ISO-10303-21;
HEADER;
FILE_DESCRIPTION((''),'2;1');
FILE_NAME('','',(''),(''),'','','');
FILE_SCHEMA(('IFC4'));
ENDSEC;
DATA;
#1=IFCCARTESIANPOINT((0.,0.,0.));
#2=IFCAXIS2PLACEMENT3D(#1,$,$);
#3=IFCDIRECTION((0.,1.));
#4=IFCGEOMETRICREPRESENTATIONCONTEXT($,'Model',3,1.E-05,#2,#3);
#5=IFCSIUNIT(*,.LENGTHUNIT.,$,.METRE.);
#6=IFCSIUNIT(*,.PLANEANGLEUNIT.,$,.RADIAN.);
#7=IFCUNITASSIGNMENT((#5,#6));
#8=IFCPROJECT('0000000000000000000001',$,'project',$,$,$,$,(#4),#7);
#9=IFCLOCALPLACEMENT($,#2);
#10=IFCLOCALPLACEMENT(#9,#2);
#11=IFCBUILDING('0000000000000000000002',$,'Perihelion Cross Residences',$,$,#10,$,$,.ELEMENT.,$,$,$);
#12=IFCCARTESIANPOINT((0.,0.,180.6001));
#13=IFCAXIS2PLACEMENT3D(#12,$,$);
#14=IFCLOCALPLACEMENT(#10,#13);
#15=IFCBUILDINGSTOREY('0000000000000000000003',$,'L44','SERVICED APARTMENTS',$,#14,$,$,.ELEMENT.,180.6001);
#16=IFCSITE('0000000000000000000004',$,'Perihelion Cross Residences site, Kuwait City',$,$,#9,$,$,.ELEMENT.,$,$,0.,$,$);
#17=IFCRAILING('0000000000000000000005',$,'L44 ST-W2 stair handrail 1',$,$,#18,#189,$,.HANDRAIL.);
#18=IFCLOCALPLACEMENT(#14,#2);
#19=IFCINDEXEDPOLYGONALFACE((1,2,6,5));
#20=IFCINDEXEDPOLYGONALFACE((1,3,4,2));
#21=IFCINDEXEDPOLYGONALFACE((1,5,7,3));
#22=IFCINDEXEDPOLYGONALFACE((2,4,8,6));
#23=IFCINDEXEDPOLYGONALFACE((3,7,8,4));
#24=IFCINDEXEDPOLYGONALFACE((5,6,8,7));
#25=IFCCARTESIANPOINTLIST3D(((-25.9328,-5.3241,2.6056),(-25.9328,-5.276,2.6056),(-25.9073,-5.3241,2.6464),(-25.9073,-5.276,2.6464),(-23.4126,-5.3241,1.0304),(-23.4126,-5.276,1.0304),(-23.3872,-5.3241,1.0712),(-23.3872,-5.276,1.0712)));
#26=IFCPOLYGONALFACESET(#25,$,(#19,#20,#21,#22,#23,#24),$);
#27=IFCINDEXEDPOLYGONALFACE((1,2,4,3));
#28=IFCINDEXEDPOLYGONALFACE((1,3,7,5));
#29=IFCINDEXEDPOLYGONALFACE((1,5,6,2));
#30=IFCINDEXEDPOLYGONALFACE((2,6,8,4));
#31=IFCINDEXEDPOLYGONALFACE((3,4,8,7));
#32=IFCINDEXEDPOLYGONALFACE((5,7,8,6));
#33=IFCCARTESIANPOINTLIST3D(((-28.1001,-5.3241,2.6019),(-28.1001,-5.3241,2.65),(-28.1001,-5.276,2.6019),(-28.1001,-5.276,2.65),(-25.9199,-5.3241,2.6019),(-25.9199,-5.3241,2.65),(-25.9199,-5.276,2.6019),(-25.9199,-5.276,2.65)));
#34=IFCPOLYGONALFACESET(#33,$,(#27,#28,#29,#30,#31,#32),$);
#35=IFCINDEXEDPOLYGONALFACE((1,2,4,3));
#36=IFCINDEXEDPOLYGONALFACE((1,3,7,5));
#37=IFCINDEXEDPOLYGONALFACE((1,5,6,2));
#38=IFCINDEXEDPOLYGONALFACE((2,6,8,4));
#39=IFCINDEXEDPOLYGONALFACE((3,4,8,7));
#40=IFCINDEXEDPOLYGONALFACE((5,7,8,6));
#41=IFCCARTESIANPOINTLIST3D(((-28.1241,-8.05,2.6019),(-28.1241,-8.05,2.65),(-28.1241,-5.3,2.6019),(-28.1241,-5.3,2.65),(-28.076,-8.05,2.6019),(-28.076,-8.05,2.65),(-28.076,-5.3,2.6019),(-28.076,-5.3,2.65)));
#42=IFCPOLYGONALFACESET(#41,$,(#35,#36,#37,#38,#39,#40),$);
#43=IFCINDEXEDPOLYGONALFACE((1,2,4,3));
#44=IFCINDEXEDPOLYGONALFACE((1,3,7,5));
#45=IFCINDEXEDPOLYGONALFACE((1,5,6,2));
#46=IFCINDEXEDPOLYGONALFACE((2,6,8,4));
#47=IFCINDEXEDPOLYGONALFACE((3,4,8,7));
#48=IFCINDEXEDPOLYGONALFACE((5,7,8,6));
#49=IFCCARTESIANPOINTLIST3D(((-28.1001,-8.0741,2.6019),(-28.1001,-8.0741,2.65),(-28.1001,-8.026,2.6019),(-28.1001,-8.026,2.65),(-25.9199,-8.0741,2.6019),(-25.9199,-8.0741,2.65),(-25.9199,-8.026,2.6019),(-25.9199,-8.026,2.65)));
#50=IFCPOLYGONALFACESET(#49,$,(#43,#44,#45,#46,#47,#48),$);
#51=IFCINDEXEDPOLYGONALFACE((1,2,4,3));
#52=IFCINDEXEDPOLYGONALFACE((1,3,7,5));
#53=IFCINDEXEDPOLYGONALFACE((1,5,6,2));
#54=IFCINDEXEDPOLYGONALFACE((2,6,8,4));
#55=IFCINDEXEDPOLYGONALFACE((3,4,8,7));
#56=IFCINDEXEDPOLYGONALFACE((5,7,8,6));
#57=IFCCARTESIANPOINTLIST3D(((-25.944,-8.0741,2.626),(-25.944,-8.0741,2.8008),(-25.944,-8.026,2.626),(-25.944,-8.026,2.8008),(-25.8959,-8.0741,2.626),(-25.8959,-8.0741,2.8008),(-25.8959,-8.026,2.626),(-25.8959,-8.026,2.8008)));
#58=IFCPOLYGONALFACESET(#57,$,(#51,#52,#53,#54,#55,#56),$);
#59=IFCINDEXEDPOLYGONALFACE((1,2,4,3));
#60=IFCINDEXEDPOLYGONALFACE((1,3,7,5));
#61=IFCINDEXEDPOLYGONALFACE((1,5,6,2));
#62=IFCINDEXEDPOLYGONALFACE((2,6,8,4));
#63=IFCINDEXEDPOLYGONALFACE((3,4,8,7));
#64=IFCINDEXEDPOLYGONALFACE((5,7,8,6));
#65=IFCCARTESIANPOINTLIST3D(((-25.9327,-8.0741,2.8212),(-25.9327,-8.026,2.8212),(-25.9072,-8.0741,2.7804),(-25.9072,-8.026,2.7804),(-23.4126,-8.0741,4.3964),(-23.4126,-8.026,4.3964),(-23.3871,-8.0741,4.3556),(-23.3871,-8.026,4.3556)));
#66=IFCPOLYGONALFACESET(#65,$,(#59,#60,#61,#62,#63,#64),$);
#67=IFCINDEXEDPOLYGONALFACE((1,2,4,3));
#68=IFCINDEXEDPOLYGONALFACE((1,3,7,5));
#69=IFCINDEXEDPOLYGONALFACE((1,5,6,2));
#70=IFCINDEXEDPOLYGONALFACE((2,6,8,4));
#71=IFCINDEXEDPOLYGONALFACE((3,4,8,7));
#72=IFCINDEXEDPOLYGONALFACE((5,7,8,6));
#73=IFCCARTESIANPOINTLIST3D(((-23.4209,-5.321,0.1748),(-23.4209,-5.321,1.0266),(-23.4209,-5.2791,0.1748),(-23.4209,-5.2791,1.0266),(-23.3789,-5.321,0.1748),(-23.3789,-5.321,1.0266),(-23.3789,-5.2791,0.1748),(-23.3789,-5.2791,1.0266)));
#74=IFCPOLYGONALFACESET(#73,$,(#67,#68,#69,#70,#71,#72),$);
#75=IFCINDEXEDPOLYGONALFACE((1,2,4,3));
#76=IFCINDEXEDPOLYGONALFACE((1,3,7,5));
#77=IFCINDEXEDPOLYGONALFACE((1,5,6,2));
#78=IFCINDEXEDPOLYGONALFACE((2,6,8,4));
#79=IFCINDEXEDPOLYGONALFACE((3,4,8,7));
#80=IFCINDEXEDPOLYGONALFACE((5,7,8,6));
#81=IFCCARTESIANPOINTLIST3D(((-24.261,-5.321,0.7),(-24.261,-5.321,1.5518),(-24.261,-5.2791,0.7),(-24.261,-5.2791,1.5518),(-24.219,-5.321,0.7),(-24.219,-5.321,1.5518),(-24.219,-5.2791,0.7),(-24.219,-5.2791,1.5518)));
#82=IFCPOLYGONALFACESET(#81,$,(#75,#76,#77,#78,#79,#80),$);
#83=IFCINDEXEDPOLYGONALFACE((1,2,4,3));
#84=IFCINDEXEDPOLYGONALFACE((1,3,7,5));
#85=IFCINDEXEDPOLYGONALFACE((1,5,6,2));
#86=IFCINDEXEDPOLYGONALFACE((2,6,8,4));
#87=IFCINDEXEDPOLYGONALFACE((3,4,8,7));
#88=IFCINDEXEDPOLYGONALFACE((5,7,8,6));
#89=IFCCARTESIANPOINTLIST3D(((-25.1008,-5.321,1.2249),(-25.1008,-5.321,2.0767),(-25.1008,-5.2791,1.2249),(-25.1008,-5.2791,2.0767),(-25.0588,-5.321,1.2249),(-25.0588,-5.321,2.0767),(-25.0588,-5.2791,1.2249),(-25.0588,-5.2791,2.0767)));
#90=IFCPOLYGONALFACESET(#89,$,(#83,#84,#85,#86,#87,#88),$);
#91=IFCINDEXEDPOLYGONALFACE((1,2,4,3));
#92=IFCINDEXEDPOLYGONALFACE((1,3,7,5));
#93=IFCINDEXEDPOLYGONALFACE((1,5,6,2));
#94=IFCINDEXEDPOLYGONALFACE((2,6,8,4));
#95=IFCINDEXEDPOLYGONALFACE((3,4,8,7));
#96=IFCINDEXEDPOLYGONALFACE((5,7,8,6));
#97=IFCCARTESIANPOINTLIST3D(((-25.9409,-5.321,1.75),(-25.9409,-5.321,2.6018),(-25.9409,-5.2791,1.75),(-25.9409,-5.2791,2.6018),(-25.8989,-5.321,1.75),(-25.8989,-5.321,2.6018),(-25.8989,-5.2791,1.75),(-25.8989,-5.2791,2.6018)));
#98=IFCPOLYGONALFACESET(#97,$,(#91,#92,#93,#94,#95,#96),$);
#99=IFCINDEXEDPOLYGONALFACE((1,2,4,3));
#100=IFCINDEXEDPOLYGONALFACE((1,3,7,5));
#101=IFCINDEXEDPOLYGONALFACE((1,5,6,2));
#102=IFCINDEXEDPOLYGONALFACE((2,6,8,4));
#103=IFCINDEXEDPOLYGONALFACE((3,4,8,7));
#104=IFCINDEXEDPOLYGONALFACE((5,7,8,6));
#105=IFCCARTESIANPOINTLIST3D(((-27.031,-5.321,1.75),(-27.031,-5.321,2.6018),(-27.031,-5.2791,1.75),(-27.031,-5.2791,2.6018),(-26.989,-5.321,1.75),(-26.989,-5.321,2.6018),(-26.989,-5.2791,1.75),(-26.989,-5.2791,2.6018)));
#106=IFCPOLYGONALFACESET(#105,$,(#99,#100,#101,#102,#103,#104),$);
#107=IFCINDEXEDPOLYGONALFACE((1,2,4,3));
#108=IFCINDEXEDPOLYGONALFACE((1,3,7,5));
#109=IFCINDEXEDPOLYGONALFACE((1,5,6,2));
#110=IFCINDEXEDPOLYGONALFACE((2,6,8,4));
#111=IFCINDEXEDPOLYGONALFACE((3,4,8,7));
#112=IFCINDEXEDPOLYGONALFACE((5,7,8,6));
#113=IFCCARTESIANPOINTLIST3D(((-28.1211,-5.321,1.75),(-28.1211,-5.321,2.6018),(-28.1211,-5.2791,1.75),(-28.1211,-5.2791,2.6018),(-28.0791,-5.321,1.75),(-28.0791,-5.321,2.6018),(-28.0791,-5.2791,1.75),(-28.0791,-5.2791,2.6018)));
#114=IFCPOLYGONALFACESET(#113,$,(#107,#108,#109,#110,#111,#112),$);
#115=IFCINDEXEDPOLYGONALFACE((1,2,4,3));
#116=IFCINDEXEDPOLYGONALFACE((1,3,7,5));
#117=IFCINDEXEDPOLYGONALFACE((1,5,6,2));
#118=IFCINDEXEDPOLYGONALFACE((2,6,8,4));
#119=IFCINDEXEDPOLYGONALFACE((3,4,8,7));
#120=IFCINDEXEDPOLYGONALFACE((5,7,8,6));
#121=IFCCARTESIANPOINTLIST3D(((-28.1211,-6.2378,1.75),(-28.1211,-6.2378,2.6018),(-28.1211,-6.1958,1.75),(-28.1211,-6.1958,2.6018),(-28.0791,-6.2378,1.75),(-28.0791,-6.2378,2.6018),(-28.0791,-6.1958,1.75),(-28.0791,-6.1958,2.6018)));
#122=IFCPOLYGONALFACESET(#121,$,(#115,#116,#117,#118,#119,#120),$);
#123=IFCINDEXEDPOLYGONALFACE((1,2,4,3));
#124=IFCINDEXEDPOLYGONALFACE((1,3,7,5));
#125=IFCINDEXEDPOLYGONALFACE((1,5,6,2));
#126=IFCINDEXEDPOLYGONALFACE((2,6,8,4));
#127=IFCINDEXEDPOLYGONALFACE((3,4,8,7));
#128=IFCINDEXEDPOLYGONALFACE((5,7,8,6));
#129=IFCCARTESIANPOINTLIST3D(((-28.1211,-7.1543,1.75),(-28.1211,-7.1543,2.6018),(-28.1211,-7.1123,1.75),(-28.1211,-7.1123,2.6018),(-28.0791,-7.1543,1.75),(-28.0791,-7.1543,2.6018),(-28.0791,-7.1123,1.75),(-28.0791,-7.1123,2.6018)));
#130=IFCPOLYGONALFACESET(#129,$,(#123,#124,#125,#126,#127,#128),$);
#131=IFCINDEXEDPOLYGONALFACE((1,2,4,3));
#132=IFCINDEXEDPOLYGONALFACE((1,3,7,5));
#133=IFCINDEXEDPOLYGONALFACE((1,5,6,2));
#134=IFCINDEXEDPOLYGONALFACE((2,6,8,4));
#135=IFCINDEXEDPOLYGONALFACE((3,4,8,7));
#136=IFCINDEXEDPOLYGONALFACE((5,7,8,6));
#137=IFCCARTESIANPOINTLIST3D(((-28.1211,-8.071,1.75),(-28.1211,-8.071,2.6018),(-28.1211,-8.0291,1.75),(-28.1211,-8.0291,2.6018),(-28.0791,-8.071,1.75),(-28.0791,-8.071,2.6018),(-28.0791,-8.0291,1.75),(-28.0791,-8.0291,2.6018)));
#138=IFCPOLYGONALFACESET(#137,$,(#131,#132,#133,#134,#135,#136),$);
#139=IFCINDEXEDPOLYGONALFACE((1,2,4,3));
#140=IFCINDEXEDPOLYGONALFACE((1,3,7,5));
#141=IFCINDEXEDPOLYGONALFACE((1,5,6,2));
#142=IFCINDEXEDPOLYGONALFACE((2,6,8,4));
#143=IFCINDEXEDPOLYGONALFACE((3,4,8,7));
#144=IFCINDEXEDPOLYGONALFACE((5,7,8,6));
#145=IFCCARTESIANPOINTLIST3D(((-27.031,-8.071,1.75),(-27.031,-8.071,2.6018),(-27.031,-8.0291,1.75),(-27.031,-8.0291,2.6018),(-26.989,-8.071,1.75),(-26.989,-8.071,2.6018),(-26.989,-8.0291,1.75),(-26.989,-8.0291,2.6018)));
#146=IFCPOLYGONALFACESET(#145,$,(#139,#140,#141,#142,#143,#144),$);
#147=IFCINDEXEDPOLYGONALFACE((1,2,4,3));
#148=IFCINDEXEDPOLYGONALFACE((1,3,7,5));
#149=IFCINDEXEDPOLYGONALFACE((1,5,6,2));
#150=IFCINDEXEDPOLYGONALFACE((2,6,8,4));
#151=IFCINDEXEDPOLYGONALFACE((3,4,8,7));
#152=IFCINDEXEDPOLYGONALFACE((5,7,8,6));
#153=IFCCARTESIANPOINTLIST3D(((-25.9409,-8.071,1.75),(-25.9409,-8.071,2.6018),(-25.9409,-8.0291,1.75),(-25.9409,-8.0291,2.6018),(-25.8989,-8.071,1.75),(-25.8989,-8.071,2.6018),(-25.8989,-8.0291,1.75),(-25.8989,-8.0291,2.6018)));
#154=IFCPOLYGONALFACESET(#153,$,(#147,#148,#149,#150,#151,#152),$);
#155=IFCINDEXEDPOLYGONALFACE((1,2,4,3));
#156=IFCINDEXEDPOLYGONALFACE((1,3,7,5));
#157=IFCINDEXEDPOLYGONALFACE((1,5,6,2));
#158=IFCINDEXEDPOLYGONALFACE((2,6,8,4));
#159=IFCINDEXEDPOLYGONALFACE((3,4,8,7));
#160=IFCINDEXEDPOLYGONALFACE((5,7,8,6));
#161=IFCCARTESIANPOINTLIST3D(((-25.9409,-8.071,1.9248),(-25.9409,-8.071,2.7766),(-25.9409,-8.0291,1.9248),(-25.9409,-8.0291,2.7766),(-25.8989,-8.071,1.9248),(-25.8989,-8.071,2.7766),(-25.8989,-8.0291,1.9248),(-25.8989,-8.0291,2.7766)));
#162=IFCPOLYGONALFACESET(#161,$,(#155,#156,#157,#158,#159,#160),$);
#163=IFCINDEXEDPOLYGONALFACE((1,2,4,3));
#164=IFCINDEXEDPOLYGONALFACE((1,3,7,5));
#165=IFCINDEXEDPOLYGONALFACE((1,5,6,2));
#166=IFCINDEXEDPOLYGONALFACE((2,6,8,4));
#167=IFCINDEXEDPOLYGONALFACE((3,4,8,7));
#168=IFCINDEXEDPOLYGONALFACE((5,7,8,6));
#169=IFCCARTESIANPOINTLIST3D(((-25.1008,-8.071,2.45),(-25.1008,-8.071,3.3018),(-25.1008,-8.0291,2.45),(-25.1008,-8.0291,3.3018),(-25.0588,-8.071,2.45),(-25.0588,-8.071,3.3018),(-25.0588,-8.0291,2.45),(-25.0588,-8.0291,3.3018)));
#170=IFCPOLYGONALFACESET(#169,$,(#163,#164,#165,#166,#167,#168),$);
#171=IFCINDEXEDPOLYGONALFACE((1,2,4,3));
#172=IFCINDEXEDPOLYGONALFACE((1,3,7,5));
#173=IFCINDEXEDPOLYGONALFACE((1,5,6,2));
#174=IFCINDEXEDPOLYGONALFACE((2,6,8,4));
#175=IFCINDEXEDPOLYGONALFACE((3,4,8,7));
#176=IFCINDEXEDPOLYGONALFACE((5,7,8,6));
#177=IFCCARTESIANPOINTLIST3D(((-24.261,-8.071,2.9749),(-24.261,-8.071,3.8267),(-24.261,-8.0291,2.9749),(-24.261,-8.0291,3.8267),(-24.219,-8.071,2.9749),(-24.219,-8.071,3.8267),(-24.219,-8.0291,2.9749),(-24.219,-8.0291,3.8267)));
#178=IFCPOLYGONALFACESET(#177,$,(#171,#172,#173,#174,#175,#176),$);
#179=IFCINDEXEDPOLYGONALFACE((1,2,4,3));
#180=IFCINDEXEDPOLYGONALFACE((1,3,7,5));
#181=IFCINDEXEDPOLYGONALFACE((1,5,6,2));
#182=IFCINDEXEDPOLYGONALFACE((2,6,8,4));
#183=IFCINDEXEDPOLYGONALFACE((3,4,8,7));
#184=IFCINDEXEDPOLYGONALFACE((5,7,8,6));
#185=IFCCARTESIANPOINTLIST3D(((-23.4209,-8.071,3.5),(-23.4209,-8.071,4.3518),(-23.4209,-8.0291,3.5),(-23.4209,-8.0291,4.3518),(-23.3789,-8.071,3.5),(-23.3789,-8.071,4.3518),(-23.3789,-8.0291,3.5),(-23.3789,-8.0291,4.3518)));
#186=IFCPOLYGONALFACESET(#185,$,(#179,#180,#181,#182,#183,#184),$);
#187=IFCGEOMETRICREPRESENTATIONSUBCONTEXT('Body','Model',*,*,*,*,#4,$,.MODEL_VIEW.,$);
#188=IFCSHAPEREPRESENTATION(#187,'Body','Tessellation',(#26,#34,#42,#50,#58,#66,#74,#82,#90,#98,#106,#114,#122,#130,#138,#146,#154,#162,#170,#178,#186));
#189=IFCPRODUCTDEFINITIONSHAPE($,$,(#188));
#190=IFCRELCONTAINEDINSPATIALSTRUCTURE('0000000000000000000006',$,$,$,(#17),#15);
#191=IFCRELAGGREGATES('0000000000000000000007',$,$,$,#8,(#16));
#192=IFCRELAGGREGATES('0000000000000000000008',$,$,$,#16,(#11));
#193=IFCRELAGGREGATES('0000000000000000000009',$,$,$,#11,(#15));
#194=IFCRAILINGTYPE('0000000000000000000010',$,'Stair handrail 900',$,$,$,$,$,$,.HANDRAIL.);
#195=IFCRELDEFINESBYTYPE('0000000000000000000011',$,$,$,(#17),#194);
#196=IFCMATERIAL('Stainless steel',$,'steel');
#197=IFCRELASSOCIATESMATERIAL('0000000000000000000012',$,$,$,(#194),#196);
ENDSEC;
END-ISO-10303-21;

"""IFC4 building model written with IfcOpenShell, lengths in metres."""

from ifc_helpers import new_model, si_unit, direction, frame, origin, origin_2d, place, context, subcontext, project, spatial, rectangle, extrude, material, type_object, element, save


model = new_model("IFC4")

# Units and contexts
model_context = context("Model", 3, precision=1e-05, world=origin(), true_north=direction((0.0, 1.0)))
body_context = subcontext(model_context, "Body", "Model", "MODEL_VIEW")
ifc_project = project(units=[si_unit("LENGTHUNIT", "METRE"), si_unit("PLANEANGLEUNIT", "RADIAN")], contexts=[model_context])

# Site, building, storey
site_placement = place(None, origin())
site = spatial("IfcSite", under=ifc_project, at=site_placement, Name="Perihelion Cross Residences site, Kuwait City", CompositionType="ELEMENT", RefElevation=0.0)
building_placement = place(site_placement, origin())
building = spatial("IfcBuilding", under=site, at=building_placement, Name="Perihelion Cross Residences", CompositionType="ELEMENT")
storey_placement = place(building_placement, frame((0.0, 0.0, 180.6001)))
storey = spatial("IfcBuildingStorey", under=building, at=storey_placement, Name="L44", Description="SERVICED APARTMENTS", CompositionType="ELEMENT", Elevation=180.6001)

# Railing
ifc_material_1 = material(Name="Stainless steel", Category="steel")
railing_type_1 = type_object("IfcRailingType", Name="Stair handrail 900", PredefinedType="HANDRAIL", material=ifc_material_1)
railing_1_placement = place(storey_placement, frame((-23.3999, -5.3, 0.1748)))
element("IfcRailing", 1, at=railing_1_placement, inside=storey, type_object=railing_type_1, Name="L44 ST-W2 stair handrail 1", PredefinedType="HANDRAIL", context=body_context, shape_type="SweptSolid", body=[
    extrude(rectangle(XDim=0.0481, YDim=0.0481, at=origin_2d()), frame((0.0, 0.0, 0.876), z_axis=(-0.847971, 0.0, 0.530043), x_axis=(0.0, -1.0, 0.0)), (0.0, 0.0, 1.0), 2.9719),
    extrude(rectangle(XDim=0.0481, YDim=0.0481, at=origin_2d()), frame((-2.52, 0.0, 2.4512), z_axis=(-1.0, 0.0, 0.0), x_axis=(0.0, -1.0, 0.0)), (0.0, 0.0, 1.0), 2.1802),
    extrude(rectangle(XDim=0.0481, YDim=0.0481, at=origin_2d()), frame((-4.7002, 0.0, 2.4512), z_axis=(0.0, -1.0, 0.0), x_axis=(1.0, 0.0, 0.0)), (0.0, 0.0, 1.0), 2.75),
    extrude(rectangle(XDim=0.0481, YDim=0.0481, at=origin_2d()), frame((-4.7002, -2.75, 2.4512), z_axis=(1.0, 0.0, 0.0), x_axis=(0.0, 1.0, 0.0)), (0.0, 0.0, 1.0), 2.1802),
    extrude(rectangle(XDim=0.0481, YDim=0.0481, at=origin_2d()), frame((-2.52, -2.75, 2.4512), z_axis=(0.0, 0.0, 1.0), x_axis=(1.0, 0.0, 0.0)), (0.0, 0.0, 1.0), 0.1748),
    extrude(rectangle(XDim=0.0481, YDim=0.0481, at=origin_2d()), frame((-2.52, -2.75, 2.626), z_axis=(0.847971, 0.0, 0.530043), x_axis=(0.0, 1.0, 0.0)), (0.0, 0.0, 1.0), 2.9719),
    extrude(rectangle(XDim=0.042, YDim=0.042, at=origin_2d()), origin(), (0.0, 0.0, 1.0), 0.8518),
    extrude(rectangle(XDim=0.042, YDim=0.042, at=origin_2d()), frame((-0.8401, 0.0, 0.5251)), (0.0, 0.0, 1.0), 0.8518),
    extrude(rectangle(XDim=0.042, YDim=0.042, at=origin_2d()), frame((-1.6799, 0.0, 1.05)), (0.0, 0.0, 1.0), 0.8518),
    extrude(rectangle(XDim=0.042, YDim=0.042, at=origin_2d()), frame((-2.52, 0.0, 1.5752)), (0.0, 0.0, 1.0), 0.8518),
    extrude(rectangle(XDim=0.042, YDim=0.042, at=origin_2d()), frame((-3.6101, 0.0, 1.5752)), (0.0, 0.0, 1.0), 0.8518),
    extrude(rectangle(XDim=0.042, YDim=0.042, at=origin_2d()), frame((-4.7002, 0.0, 1.5752)), (0.0, 0.0, 1.0), 0.8518),
    extrude(rectangle(XDim=0.042, YDim=0.042, at=origin_2d()), frame((-4.7002, -0.9167, 1.5752)), (0.0, 0.0, 1.0), 0.8518),
    extrude(rectangle(XDim=0.042, YDim=0.042, at=origin_2d()), frame((-4.7002, -1.8333, 1.5752)), (0.0, 0.0, 1.0), 0.8518),
    extrude(rectangle(XDim=0.042, YDim=0.042, at=origin_2d()), frame((-4.7002, -2.75, 1.5752)), (0.0, 0.0, 1.0), 0.8518),
    extrude(rectangle(XDim=0.042, YDim=0.042, at=origin_2d()), frame((-3.6101, -2.75, 1.5752)), (0.0, 0.0, 1.0), 0.8518),
    extrude(rectangle(XDim=0.042, YDim=0.042, at=origin_2d()), frame((-2.52, -2.75, 1.5752)), (0.0, 0.0, 1.0), 0.8518),
    extrude(rectangle(XDim=0.042, YDim=0.042, at=origin_2d()), frame((-2.52, -2.75, 1.75)), (0.0, 0.0, 1.0), 0.8518),
    extrude(rectangle(XDim=0.042, YDim=0.042, at=origin_2d()), frame((-1.6799, -2.75, 2.2751)), (0.0, 0.0, 1.0), 0.8518),
    extrude(rectangle(XDim=0.042, YDim=0.042, at=origin_2d()), frame((-0.8401, -2.75, 2.8)), (0.0, 0.0, 1.0), 0.8518),
    extrude(rectangle(XDim=0.042, YDim=0.042, at=origin_2d()), frame((0.0, -2.75, 3.3252)), (0.0, 0.0, 1.0), 0.8518),
])

save(model, "model.ifc")
